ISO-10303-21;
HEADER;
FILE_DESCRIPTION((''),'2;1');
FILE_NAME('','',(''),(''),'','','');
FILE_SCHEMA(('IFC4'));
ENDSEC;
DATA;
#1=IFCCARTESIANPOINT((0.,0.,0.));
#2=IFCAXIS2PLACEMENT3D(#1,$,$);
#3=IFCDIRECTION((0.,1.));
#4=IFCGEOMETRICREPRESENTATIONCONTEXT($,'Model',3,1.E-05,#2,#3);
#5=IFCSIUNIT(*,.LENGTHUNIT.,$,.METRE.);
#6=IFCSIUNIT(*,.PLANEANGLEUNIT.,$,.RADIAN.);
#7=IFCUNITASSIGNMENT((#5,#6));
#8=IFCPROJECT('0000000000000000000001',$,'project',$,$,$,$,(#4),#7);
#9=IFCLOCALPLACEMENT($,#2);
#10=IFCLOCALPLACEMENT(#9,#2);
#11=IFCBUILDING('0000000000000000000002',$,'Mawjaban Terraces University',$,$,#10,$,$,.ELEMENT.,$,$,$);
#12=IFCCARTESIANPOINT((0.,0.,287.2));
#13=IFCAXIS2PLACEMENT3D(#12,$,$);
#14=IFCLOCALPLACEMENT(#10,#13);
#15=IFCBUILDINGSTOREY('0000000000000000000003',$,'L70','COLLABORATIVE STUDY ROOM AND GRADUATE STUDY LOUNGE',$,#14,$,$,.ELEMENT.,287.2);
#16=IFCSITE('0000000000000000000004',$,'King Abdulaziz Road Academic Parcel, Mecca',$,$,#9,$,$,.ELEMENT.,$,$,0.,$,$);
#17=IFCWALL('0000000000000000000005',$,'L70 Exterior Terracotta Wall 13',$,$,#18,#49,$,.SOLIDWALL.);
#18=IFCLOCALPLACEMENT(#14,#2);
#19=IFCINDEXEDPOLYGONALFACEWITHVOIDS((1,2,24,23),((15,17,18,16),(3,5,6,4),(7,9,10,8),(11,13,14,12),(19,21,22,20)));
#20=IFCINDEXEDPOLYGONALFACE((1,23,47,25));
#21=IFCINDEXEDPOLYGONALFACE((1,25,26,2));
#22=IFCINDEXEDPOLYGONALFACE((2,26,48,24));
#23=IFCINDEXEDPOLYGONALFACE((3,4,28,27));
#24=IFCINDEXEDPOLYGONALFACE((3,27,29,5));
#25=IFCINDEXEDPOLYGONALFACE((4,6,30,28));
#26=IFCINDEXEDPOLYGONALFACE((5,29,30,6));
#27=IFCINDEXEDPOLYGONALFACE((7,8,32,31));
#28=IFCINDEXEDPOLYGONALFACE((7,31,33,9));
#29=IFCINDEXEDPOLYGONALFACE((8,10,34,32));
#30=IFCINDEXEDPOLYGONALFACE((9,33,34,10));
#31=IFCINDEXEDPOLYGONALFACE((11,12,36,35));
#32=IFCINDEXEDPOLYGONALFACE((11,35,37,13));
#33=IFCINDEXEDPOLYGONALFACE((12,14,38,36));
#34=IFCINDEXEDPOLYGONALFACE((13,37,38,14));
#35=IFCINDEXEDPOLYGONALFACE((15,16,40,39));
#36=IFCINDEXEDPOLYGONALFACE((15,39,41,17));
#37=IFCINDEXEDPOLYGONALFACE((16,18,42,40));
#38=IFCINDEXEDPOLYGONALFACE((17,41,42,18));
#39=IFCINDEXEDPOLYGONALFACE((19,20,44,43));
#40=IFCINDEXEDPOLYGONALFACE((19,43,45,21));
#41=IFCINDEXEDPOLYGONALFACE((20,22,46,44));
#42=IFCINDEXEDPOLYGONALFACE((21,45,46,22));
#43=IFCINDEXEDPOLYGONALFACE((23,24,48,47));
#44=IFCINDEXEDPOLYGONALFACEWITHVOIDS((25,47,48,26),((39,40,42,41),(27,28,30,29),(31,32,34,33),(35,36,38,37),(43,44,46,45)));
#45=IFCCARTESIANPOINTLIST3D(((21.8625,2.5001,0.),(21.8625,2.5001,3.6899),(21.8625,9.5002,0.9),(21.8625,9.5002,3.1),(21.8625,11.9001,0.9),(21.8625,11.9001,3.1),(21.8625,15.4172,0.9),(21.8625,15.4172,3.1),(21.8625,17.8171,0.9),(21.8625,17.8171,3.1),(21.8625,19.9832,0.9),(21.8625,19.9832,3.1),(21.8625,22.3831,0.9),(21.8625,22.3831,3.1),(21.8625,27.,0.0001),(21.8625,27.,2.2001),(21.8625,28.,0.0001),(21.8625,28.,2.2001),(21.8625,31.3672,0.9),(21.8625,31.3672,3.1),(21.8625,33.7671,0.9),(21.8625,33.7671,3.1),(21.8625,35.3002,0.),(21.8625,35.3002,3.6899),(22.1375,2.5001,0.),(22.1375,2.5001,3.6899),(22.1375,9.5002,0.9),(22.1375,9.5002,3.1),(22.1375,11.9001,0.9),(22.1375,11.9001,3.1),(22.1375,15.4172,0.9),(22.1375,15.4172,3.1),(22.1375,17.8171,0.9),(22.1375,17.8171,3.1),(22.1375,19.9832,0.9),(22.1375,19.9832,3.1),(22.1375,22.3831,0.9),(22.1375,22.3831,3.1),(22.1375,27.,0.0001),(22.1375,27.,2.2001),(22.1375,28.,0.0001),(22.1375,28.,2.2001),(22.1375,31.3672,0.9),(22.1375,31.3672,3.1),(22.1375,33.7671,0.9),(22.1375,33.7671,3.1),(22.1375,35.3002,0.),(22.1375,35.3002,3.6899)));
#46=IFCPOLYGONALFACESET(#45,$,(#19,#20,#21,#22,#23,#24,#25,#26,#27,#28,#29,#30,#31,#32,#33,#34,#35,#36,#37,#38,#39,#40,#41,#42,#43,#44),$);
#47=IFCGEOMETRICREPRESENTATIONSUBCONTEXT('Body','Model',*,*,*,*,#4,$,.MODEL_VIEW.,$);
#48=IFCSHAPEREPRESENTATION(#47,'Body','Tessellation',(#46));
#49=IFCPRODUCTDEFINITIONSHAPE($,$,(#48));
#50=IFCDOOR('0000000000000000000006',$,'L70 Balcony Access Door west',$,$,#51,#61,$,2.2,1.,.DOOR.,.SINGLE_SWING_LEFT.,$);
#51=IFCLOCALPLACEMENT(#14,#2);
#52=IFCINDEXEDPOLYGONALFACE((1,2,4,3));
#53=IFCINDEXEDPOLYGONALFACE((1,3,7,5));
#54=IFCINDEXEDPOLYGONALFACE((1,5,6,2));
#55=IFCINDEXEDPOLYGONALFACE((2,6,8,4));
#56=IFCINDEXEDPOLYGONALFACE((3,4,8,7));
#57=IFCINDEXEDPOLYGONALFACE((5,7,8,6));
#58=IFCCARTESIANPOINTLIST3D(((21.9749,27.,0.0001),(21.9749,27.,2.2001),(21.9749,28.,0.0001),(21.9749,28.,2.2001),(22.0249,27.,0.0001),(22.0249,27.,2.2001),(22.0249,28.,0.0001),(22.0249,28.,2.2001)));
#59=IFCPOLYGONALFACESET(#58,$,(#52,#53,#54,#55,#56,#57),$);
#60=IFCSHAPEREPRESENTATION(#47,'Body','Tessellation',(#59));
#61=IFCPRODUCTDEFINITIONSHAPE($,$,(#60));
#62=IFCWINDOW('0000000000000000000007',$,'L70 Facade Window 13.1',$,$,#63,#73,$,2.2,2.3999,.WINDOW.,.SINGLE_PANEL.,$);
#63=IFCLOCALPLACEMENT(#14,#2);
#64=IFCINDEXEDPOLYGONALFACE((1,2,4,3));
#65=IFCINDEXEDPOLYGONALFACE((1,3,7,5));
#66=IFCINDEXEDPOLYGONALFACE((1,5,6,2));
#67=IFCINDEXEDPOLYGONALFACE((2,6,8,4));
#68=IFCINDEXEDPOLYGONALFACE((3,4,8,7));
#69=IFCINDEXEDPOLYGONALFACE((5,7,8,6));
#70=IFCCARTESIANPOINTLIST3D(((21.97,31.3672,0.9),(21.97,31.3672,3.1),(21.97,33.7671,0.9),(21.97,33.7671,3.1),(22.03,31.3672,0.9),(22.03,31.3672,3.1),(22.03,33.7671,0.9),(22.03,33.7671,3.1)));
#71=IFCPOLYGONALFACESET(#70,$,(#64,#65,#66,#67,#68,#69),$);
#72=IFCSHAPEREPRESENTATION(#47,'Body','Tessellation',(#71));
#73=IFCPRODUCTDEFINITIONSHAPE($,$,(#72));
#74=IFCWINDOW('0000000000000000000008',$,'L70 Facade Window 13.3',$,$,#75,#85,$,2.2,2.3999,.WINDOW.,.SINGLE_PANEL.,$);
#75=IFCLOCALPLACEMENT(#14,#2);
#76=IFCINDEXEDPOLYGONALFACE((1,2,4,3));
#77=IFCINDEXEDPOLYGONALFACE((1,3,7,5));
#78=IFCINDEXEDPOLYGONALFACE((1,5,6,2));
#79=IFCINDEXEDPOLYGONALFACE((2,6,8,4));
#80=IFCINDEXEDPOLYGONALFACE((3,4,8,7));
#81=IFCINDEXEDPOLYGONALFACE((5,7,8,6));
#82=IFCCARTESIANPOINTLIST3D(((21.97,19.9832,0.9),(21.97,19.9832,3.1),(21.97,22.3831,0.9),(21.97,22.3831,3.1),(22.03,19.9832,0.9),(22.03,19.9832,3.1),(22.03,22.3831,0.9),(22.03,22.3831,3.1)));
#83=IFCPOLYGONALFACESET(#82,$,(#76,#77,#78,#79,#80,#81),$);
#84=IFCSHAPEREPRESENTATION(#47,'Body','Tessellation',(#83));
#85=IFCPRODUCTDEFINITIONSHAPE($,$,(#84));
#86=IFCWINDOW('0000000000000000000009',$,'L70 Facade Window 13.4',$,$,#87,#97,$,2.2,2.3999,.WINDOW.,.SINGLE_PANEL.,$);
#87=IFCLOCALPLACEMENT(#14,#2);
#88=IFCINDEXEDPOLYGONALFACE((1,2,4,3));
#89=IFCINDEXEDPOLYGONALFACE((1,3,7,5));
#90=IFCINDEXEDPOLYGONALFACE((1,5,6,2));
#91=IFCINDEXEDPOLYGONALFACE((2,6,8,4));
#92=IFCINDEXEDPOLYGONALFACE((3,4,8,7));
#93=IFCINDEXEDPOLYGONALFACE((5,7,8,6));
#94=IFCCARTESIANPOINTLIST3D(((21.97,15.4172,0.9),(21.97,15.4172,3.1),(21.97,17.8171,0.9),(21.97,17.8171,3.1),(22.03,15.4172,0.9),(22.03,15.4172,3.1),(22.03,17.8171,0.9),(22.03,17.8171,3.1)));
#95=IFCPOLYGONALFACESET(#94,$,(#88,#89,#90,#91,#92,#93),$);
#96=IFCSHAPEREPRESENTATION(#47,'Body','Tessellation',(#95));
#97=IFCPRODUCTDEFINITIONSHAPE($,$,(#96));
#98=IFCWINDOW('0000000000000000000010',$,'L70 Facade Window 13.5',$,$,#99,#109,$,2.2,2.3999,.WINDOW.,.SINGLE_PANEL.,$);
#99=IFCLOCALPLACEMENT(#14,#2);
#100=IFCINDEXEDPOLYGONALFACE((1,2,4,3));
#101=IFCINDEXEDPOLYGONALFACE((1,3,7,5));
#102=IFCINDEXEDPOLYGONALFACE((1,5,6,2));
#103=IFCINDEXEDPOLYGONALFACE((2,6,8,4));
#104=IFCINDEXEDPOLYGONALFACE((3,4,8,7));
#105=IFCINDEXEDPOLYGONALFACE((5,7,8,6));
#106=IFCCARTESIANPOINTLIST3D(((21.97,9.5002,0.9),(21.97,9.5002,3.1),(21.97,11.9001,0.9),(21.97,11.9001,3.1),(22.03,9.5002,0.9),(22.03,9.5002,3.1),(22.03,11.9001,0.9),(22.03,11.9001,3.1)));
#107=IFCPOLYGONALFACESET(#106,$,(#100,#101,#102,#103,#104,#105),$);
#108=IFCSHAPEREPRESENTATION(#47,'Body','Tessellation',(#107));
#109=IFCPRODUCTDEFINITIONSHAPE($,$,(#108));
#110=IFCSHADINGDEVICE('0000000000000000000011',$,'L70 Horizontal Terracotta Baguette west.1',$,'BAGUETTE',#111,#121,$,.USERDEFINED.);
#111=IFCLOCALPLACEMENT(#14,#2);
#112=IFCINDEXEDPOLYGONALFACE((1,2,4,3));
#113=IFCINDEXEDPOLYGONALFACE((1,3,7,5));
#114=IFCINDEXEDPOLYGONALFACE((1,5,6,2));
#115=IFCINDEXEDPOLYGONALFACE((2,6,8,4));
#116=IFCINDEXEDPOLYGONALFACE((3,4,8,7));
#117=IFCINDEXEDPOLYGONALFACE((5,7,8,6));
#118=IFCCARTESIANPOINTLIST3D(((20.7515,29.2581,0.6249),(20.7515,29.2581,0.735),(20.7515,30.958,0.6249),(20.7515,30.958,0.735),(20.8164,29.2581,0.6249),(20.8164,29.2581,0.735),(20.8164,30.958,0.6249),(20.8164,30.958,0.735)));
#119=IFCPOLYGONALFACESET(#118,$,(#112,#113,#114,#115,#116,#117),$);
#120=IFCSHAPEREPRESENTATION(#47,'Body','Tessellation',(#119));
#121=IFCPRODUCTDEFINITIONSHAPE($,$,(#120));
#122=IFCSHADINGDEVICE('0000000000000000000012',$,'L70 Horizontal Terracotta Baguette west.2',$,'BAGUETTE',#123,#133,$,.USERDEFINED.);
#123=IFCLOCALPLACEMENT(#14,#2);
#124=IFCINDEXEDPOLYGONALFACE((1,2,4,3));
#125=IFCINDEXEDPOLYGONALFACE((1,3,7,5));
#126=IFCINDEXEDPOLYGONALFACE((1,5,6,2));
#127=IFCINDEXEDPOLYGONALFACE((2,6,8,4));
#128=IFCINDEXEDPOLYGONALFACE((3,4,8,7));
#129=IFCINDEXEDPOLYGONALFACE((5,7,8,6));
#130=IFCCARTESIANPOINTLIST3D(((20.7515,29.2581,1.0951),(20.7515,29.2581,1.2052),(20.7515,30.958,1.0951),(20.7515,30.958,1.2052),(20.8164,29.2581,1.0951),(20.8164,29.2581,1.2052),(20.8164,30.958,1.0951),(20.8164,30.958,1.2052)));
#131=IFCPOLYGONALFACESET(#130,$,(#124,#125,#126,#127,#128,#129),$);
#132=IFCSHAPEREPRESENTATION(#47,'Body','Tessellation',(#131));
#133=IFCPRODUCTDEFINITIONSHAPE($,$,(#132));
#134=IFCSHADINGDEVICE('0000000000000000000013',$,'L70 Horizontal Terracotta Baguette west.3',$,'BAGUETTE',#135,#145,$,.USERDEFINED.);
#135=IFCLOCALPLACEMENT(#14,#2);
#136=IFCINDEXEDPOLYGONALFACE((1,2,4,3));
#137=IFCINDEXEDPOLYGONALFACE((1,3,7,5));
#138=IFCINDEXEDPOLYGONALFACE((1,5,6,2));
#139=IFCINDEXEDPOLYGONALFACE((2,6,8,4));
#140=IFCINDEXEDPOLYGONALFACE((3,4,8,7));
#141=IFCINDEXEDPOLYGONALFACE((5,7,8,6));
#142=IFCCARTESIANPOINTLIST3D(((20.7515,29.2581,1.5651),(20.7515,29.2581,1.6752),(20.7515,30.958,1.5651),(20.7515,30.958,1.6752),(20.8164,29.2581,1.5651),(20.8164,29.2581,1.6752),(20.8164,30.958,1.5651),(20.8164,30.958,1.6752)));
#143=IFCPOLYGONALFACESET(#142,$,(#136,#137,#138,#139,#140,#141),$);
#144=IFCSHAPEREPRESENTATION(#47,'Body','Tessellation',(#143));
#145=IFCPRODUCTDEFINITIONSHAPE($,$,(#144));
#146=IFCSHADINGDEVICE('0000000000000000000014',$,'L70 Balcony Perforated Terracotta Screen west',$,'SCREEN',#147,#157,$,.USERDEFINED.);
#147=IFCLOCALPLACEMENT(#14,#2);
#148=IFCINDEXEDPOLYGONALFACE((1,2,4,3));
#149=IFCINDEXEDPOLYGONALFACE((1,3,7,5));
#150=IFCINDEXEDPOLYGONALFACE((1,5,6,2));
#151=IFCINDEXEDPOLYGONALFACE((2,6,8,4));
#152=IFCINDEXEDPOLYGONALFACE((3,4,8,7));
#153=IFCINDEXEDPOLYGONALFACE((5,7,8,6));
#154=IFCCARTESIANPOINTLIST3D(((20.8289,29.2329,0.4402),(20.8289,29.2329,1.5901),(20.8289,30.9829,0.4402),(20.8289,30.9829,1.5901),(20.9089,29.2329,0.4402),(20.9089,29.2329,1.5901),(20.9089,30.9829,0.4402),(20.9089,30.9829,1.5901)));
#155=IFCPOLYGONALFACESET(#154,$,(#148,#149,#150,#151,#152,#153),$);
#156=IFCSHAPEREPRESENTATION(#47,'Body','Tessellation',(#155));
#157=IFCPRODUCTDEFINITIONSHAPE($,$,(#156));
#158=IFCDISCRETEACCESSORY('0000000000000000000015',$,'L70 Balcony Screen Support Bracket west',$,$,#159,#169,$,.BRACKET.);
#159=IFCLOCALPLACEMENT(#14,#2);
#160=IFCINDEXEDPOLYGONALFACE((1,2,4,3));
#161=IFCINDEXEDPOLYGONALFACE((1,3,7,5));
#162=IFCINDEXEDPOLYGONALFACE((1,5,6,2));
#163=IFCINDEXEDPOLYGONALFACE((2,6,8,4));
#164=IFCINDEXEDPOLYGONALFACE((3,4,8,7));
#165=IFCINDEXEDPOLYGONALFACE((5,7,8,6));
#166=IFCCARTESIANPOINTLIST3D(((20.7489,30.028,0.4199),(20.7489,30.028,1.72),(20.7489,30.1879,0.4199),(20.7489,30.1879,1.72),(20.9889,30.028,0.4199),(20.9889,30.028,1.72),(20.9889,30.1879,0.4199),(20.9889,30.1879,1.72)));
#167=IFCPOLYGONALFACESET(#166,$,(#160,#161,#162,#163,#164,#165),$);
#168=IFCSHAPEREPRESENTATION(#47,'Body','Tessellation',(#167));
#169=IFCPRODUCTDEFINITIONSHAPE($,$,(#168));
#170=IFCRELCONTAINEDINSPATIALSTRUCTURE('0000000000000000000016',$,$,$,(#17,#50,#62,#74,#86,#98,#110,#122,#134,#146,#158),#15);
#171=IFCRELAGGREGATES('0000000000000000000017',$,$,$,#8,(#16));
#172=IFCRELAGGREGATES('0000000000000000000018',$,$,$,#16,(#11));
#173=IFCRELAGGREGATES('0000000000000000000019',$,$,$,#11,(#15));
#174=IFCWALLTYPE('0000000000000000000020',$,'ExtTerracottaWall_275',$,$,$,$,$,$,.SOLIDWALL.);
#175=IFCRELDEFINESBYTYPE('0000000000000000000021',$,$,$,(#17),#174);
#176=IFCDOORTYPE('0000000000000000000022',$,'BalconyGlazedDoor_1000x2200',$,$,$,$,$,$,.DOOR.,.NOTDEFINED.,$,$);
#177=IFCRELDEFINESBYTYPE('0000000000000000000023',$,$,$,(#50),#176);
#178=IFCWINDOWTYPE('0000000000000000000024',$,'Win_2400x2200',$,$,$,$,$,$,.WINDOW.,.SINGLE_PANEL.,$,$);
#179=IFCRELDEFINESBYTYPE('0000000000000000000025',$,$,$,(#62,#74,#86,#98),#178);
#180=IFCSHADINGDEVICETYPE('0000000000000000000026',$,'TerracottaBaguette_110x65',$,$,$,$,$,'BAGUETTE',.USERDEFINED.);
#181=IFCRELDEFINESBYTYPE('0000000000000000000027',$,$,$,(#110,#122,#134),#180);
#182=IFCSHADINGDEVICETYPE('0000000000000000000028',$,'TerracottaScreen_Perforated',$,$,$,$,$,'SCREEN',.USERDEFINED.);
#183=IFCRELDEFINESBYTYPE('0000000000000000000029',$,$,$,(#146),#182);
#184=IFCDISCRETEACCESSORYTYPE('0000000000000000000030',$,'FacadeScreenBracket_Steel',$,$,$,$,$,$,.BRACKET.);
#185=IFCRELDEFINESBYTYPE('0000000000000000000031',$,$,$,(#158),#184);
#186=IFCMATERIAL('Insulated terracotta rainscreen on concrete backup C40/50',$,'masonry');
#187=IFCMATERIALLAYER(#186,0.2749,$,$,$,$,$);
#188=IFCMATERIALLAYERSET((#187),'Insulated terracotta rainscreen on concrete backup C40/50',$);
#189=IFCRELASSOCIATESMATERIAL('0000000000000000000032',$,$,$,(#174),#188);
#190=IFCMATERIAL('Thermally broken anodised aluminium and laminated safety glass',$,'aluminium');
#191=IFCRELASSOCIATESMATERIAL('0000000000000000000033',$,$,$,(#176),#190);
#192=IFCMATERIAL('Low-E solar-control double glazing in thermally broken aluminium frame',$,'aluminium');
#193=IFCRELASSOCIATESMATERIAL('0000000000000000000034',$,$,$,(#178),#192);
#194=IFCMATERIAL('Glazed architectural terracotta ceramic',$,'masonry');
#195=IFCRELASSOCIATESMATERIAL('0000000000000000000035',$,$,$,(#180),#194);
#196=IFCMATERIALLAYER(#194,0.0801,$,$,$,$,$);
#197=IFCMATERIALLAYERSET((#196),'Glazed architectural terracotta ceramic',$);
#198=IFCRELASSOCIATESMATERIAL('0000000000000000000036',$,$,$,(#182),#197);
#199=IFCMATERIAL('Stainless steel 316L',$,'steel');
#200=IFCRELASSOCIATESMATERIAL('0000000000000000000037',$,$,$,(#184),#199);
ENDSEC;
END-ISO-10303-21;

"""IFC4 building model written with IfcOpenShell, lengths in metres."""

from ifc_helpers import new_model, si_unit, direction, frame, frame_2d, origin, origin_2d, place, context, subcontext, project, spatial, rectangle, extrude, material, layer, layer_set, material_profile, profile_set, type_object, element, fill, save


model = new_model("IFC4")

# Units and contexts
model_context = context("Model", 3, precision=1e-05, world=origin(), true_north=direction((0.0, 1.0)))
body_context = subcontext(model_context, "Body", "Model", "MODEL_VIEW")
ifc_project = project(units=[si_unit("LENGTHUNIT", "METRE"), si_unit("PLANEANGLEUNIT", "RADIAN")], contexts=[model_context])

# Site, building, storey
site_placement = place(None, origin())
site = spatial("IfcSite", under=ifc_project, at=site_placement, Name="King Abdulaziz Road Academic Parcel, Mecca", CompositionType="ELEMENT", RefElevation=0.0)
building_placement = place(site_placement, origin())
building = spatial("IfcBuilding", under=site, at=building_placement, Name="Mawjaban Terraces University", CompositionType="ELEMENT")
storey_placement = place(building_placement, frame((0.0, 0.0, 287.2)))
storey = spatial("IfcBuildingStorey", under=building, at=storey_placement, Name="L70", Description="COLLABORATIVE STUDY ROOM AND GRADUATE STUDY LOUNGE", CompositionType="ELEMENT", Elevation=287.2)

# Shared definitions
ifc_material_1 = material(Name="Insulated terracotta rainscreen on concrete backup C40/50", Category="masonry")
ifc_layer_1 = layer(ifc_material_1, 0.2749)
ifc_layer_set_1 = layer_set([ifc_layer_1], Name="Insulated terracotta rainscreen on concrete backup C40/50")
wall_type_1 = type_object("IfcWallType", Name="ExtTerracottaWall_275", PredefinedType="SOLIDWALL", material=ifc_layer_set_1)

# Wall, openings, door, windows
wall_1_placement = place(storey_placement, frame((22.0, 35.3, 0.0), z_axis=(0.0, 0.0, 1.0), x_axis=(0.0, -1.0, 0.0)))
wall_1 = element("IfcWall", 1, at=wall_1_placement, inside=storey, type_object=wall_type_1, Name="L70 Exterior Terracotta Wall 13", PredefinedType="SOLIDWALL", context=body_context, shape_type="SweptSolid", body=[
    extrude(rectangle(XDim=32.8, YDim=0.2749, at=frame_2d((16.3999, 0.0))), origin(), (0.0, 0.0, 1.0), 3.6899),
])
opening_1_placement = place(wall_1_placement, frame((7.3, 0.0, 0.0)))
opening_1 = element("IfcOpeningElement", 2, at=opening_1_placement, cuts=wall_1, PredefinedType="OPENING", context=body_context, shape_type="SweptSolid", body=[
    extrude(rectangle(XDim=1.0, YDim=2.2, at=frame_2d((0.5, 1.1001))), frame((0.0, 0.1475, 0.0), z_axis=(0.0, -1.0, 0.0), x_axis=(1.0, 0.0, 0.0)), (0.0, 0.0, 1.0), 0.2949),
])
opening_2_placement = place(wall_1_placement, frame((1.533, 0.0, 0.8999)))
opening_2 = element("IfcOpeningElement", 3, at=opening_2_placement, cuts=wall_1, PredefinedType="OPENING", context=body_context, shape_type="SweptSolid", body=[
    extrude(rectangle(XDim=2.3999, YDim=2.2, at=frame_2d((1.2, 1.1001))), frame((0.0, 0.1475, 0.0), z_axis=(0.0, -1.0, 0.0), x_axis=(1.0, 0.0, 0.0)), (0.0, 0.0, 1.0), 0.2949),
])
opening_3_placement = place(wall_1_placement, frame((12.917, 0.0, 0.8999)))
opening_3 = element("IfcOpeningElement", 4, at=opening_3_placement, cuts=wall_1, PredefinedType="OPENING", context=body_context, shape_type="SweptSolid", body=[
    extrude(rectangle(XDim=2.3999, YDim=2.2, at=frame_2d((1.2, 1.1001))), frame((0.0, 0.1475, 0.0), z_axis=(0.0, -1.0, 0.0), x_axis=(1.0, 0.0, 0.0)), (0.0, 0.0, 1.0), 0.2949),
])
opening_4_placement = place(wall_1_placement, frame((17.4829, 0.0, 0.8999)))
opening_4 = element("IfcOpeningElement", 5, at=opening_4_placement, cuts=wall_1, PredefinedType="OPENING", context=body_context, shape_type="SweptSolid", body=[
    extrude(rectangle(XDim=2.3999, YDim=2.2, at=frame_2d((1.2, 1.1001))), frame((0.0, 0.1475, 0.0), z_axis=(0.0, -1.0, 0.0), x_axis=(1.0, 0.0, 0.0)), (0.0, 0.0, 1.0), 0.2949),
])
opening_5_placement = place(wall_1_placement, frame((23.3999, 0.0, 0.8999)))
opening_5 = element("IfcOpeningElement", 6, at=opening_5_placement, cuts=wall_1, PredefinedType="OPENING", context=body_context, shape_type="SweptSolid", body=[
    extrude(rectangle(XDim=2.3999, YDim=2.2, at=frame_2d((1.2, 1.1001))), frame((0.0, 0.1475, 0.0), z_axis=(0.0, -1.0, 0.0), x_axis=(1.0, 0.0, 0.0)), (0.0, 0.0, 1.0), 0.2949),
])
ifc_material_2 = material(Name="Thermally broken anodised aluminium and laminated safety glass", Category="aluminium")
door_type_1 = type_object("IfcDoorType", Name="BalconyGlazedDoor_1000x2200", OperationType="NOTDEFINED", PredefinedType="DOOR", material=ifc_material_2)
door_1_placement = place(opening_1_placement, origin())
door_1 = element("IfcDoor", 7, at=door_1_placement, inside=storey, type_object=door_type_1, Name="L70 Balcony Access Door west", OperationType="SINGLE_SWING_LEFT", OverallHeight=2.2, OverallWidth=1.0, PredefinedType="DOOR", context=body_context, shape_type="SweptSolid", body=[
    extrude(rectangle(XDim=1.0, YDim=2.2, at=frame_2d((0.5, 1.1001))), frame((0.0, 0.0249, 0.0), z_axis=(0.0, -1.0, 0.0), x_axis=(1.0, 0.0, 0.0)), (0.0, 0.0, 1.0), 0.05),
])
fill(opening_1, door_1)
ifc_material_3 = material(Name="Low-E solar-control double glazing in thermally broken aluminium frame", Category="aluminium")
window_type = type_object("IfcWindowType", Name="Win_2400x2200", PartitioningType="SINGLE_PANEL", PredefinedType="WINDOW", material=ifc_material_3)
window_1_placement = place(opening_2_placement, origin())
window_1 = element("IfcWindow", 8, at=window_1_placement, inside=storey, type_object=window_type, Name="L70 Facade Window 13.1", OverallHeight=2.2, OverallWidth=2.3999, PartitioningType="SINGLE_PANEL", PredefinedType="WINDOW", context=body_context, shape_type="SweptSolid", body=[
    extrude(rectangle(XDim=2.3999, YDim=2.2, at=frame_2d((1.2, 1.1001))), frame((0.0, 0.03, 0.0), z_axis=(0.0, -1.0, 0.0), x_axis=(1.0, 0.0, 0.0)), (0.0, 0.0, 1.0), 0.0601),
])
fill(opening_2, window_1)
window_2_placement = place(opening_3_placement, origin())
window_2 = element("IfcWindow", 9, at=window_2_placement, inside=storey, type_object=window_type, Name="L70 Facade Window 13.3", OverallHeight=2.2, OverallWidth=2.3999, PartitioningType="SINGLE_PANEL", PredefinedType="WINDOW", context=body_context, shape_type="SweptSolid", body=[
    extrude(rectangle(XDim=2.3999, YDim=2.2, at=frame_2d((1.2, 1.1001))), frame((0.0, 0.03, 0.0), z_axis=(0.0, -1.0, 0.0), x_axis=(1.0, 0.0, 0.0)), (0.0, 0.0, 1.0), 0.0601),
])
fill(opening_3, window_2)
window_3_placement = place(opening_4_placement, origin())
window_3 = element("IfcWindow", 10, at=window_3_placement, inside=storey, type_object=window_type, Name="L70 Facade Window 13.4", OverallHeight=2.2, OverallWidth=2.3999, PartitioningType="SINGLE_PANEL", PredefinedType="WINDOW", context=body_context, shape_type="SweptSolid", body=[
    extrude(rectangle(XDim=2.3999, YDim=2.2, at=frame_2d((1.2, 1.1001))), frame((0.0, 0.03, 0.0), z_axis=(0.0, -1.0, 0.0), x_axis=(1.0, 0.0, 0.0)), (0.0, 0.0, 1.0), 0.0601),
])
fill(opening_4, window_3)
window_4_placement = place(opening_5_placement, origin())
window_4 = element("IfcWindow", 11, at=window_4_placement, inside=storey, type_object=window_type, Name="L70 Facade Window 13.5", OverallHeight=2.2, OverallWidth=2.3999, PartitioningType="SINGLE_PANEL", PredefinedType="WINDOW", context=body_context, shape_type="SweptSolid", body=[
    extrude(rectangle(XDim=2.3999, YDim=2.2, at=frame_2d((1.2, 1.1001))), frame((0.0, 0.03, 0.0), z_axis=(0.0, -1.0, 0.0), x_axis=(1.0, 0.0, 0.0)), (0.0, 0.0, 1.0), 0.0601),
])
fill(opening_5, window_4)

# Shading devices
ifc_material_4 = material(Name="Glazed architectural terracotta ceramic", Category="masonry")
ifc_material_profile_1 = material_profile(ifc_material_4, rectangle(XDim=0.0649, YDim=0.1101, at=origin_2d()), Name="TBAG110X65")
ifc_profile_set_1 = profile_set([ifc_material_profile_1], Name="Glazed architectural terracotta ceramic")
shading_device_type_1 = type_object("IfcShadingDeviceType", Name="TerracottaBaguette_110x65", ElementType="BAGUETTE", PredefinedType="USERDEFINED", material=ifc_profile_set_1)
for number, where, z_axis, x_axis, name in (
    (12, (20.7839, 29.2581, 0.6799), (0.0, 1.0, 0.0), (-1.0, 0.0, 0.0), "L70 Horizontal Terracotta Baguette west.1"),
    (13, (20.7839, 29.2581, 1.1501), (0.0, 1.0, 0.0), (-1.0, 0.0, 0.0), "L70 Horizontal Terracotta Baguette west.2"),
    (14, (20.7839, 29.2581, 1.6201), (0.0, 1.0, 0.0), (-1.0, 0.0, 0.0), "L70 Horizontal Terracotta Baguette west.3"),
):
    element("IfcShadingDevice", number, at=place(storey_placement, frame(where, z_axis=z_axis, x_axis=x_axis)), inside=storey, type_object=shading_device_type_1, Name=name, ObjectType="BAGUETTE", PredefinedType="USERDEFINED", context=body_context, shape_type="SweptSolid", body=[
        extrude(rectangle(XDim=0.0649, YDim=0.1101, at=origin_2d()), origin(), (0.0, 0.0, 1.0), 1.7),
    ])
ifc_layer_2 = layer(ifc_material_4, 0.0801)
ifc_layer_set_2 = layer_set([ifc_layer_2], Name="Glazed architectural terracotta ceramic")
shading_device_type_2 = type_object("IfcShadingDeviceType", Name="TerracottaScreen_Perforated", ElementType="SCREEN", PredefinedType="USERDEFINED", material=ifc_layer_set_2)
shading_device_placement = place(storey_placement, frame((20.8689, 30.1079, 0.4402), z_axis=(0.0, 0.0, 1.0), x_axis=(0.0, 1.0, 0.0)))
element("IfcShadingDevice", 15, at=shading_device_placement, inside=storey, type_object=shading_device_type_2, Name="L70 Balcony Perforated Terracotta Screen west", ObjectType="SCREEN", PredefinedType="USERDEFINED", context=body_context, shape_type="SweptSolid", body=[
    extrude(rectangle(XDim=1.75, YDim=0.0801, at=origin_2d()), origin(), (0.0, 0.0, 1.0), 1.1499),
])

# Discrete accessory
ifc_material_5 = material(Name="Stainless steel 316L", Category="steel")
discrete_accessory_type_1 = type_object("IfcDiscreteAccessoryType", Name="FacadeScreenBracket_Steel", PredefinedType="BRACKET", material=ifc_material_5)
discrete_accessory_1_placement = place(storey_placement, frame((20.8689, 30.1079, 0.4199), z_axis=(0.0, 0.0, 1.0), x_axis=(0.0, 1.0, 0.0)))
element("IfcDiscreteAccessory", 16, at=discrete_accessory_1_placement, inside=storey, type_object=discrete_accessory_type_1, Name="L70 Balcony Screen Support Bracket west", PredefinedType="BRACKET", context=body_context, shape_type="SweptSolid", body=[
    extrude(rectangle(XDim=0.1599, YDim=0.24, at=origin_2d()), origin(), (0.0, 0.0, 1.0), 1.3),
])

save(model, "model.ifc")
